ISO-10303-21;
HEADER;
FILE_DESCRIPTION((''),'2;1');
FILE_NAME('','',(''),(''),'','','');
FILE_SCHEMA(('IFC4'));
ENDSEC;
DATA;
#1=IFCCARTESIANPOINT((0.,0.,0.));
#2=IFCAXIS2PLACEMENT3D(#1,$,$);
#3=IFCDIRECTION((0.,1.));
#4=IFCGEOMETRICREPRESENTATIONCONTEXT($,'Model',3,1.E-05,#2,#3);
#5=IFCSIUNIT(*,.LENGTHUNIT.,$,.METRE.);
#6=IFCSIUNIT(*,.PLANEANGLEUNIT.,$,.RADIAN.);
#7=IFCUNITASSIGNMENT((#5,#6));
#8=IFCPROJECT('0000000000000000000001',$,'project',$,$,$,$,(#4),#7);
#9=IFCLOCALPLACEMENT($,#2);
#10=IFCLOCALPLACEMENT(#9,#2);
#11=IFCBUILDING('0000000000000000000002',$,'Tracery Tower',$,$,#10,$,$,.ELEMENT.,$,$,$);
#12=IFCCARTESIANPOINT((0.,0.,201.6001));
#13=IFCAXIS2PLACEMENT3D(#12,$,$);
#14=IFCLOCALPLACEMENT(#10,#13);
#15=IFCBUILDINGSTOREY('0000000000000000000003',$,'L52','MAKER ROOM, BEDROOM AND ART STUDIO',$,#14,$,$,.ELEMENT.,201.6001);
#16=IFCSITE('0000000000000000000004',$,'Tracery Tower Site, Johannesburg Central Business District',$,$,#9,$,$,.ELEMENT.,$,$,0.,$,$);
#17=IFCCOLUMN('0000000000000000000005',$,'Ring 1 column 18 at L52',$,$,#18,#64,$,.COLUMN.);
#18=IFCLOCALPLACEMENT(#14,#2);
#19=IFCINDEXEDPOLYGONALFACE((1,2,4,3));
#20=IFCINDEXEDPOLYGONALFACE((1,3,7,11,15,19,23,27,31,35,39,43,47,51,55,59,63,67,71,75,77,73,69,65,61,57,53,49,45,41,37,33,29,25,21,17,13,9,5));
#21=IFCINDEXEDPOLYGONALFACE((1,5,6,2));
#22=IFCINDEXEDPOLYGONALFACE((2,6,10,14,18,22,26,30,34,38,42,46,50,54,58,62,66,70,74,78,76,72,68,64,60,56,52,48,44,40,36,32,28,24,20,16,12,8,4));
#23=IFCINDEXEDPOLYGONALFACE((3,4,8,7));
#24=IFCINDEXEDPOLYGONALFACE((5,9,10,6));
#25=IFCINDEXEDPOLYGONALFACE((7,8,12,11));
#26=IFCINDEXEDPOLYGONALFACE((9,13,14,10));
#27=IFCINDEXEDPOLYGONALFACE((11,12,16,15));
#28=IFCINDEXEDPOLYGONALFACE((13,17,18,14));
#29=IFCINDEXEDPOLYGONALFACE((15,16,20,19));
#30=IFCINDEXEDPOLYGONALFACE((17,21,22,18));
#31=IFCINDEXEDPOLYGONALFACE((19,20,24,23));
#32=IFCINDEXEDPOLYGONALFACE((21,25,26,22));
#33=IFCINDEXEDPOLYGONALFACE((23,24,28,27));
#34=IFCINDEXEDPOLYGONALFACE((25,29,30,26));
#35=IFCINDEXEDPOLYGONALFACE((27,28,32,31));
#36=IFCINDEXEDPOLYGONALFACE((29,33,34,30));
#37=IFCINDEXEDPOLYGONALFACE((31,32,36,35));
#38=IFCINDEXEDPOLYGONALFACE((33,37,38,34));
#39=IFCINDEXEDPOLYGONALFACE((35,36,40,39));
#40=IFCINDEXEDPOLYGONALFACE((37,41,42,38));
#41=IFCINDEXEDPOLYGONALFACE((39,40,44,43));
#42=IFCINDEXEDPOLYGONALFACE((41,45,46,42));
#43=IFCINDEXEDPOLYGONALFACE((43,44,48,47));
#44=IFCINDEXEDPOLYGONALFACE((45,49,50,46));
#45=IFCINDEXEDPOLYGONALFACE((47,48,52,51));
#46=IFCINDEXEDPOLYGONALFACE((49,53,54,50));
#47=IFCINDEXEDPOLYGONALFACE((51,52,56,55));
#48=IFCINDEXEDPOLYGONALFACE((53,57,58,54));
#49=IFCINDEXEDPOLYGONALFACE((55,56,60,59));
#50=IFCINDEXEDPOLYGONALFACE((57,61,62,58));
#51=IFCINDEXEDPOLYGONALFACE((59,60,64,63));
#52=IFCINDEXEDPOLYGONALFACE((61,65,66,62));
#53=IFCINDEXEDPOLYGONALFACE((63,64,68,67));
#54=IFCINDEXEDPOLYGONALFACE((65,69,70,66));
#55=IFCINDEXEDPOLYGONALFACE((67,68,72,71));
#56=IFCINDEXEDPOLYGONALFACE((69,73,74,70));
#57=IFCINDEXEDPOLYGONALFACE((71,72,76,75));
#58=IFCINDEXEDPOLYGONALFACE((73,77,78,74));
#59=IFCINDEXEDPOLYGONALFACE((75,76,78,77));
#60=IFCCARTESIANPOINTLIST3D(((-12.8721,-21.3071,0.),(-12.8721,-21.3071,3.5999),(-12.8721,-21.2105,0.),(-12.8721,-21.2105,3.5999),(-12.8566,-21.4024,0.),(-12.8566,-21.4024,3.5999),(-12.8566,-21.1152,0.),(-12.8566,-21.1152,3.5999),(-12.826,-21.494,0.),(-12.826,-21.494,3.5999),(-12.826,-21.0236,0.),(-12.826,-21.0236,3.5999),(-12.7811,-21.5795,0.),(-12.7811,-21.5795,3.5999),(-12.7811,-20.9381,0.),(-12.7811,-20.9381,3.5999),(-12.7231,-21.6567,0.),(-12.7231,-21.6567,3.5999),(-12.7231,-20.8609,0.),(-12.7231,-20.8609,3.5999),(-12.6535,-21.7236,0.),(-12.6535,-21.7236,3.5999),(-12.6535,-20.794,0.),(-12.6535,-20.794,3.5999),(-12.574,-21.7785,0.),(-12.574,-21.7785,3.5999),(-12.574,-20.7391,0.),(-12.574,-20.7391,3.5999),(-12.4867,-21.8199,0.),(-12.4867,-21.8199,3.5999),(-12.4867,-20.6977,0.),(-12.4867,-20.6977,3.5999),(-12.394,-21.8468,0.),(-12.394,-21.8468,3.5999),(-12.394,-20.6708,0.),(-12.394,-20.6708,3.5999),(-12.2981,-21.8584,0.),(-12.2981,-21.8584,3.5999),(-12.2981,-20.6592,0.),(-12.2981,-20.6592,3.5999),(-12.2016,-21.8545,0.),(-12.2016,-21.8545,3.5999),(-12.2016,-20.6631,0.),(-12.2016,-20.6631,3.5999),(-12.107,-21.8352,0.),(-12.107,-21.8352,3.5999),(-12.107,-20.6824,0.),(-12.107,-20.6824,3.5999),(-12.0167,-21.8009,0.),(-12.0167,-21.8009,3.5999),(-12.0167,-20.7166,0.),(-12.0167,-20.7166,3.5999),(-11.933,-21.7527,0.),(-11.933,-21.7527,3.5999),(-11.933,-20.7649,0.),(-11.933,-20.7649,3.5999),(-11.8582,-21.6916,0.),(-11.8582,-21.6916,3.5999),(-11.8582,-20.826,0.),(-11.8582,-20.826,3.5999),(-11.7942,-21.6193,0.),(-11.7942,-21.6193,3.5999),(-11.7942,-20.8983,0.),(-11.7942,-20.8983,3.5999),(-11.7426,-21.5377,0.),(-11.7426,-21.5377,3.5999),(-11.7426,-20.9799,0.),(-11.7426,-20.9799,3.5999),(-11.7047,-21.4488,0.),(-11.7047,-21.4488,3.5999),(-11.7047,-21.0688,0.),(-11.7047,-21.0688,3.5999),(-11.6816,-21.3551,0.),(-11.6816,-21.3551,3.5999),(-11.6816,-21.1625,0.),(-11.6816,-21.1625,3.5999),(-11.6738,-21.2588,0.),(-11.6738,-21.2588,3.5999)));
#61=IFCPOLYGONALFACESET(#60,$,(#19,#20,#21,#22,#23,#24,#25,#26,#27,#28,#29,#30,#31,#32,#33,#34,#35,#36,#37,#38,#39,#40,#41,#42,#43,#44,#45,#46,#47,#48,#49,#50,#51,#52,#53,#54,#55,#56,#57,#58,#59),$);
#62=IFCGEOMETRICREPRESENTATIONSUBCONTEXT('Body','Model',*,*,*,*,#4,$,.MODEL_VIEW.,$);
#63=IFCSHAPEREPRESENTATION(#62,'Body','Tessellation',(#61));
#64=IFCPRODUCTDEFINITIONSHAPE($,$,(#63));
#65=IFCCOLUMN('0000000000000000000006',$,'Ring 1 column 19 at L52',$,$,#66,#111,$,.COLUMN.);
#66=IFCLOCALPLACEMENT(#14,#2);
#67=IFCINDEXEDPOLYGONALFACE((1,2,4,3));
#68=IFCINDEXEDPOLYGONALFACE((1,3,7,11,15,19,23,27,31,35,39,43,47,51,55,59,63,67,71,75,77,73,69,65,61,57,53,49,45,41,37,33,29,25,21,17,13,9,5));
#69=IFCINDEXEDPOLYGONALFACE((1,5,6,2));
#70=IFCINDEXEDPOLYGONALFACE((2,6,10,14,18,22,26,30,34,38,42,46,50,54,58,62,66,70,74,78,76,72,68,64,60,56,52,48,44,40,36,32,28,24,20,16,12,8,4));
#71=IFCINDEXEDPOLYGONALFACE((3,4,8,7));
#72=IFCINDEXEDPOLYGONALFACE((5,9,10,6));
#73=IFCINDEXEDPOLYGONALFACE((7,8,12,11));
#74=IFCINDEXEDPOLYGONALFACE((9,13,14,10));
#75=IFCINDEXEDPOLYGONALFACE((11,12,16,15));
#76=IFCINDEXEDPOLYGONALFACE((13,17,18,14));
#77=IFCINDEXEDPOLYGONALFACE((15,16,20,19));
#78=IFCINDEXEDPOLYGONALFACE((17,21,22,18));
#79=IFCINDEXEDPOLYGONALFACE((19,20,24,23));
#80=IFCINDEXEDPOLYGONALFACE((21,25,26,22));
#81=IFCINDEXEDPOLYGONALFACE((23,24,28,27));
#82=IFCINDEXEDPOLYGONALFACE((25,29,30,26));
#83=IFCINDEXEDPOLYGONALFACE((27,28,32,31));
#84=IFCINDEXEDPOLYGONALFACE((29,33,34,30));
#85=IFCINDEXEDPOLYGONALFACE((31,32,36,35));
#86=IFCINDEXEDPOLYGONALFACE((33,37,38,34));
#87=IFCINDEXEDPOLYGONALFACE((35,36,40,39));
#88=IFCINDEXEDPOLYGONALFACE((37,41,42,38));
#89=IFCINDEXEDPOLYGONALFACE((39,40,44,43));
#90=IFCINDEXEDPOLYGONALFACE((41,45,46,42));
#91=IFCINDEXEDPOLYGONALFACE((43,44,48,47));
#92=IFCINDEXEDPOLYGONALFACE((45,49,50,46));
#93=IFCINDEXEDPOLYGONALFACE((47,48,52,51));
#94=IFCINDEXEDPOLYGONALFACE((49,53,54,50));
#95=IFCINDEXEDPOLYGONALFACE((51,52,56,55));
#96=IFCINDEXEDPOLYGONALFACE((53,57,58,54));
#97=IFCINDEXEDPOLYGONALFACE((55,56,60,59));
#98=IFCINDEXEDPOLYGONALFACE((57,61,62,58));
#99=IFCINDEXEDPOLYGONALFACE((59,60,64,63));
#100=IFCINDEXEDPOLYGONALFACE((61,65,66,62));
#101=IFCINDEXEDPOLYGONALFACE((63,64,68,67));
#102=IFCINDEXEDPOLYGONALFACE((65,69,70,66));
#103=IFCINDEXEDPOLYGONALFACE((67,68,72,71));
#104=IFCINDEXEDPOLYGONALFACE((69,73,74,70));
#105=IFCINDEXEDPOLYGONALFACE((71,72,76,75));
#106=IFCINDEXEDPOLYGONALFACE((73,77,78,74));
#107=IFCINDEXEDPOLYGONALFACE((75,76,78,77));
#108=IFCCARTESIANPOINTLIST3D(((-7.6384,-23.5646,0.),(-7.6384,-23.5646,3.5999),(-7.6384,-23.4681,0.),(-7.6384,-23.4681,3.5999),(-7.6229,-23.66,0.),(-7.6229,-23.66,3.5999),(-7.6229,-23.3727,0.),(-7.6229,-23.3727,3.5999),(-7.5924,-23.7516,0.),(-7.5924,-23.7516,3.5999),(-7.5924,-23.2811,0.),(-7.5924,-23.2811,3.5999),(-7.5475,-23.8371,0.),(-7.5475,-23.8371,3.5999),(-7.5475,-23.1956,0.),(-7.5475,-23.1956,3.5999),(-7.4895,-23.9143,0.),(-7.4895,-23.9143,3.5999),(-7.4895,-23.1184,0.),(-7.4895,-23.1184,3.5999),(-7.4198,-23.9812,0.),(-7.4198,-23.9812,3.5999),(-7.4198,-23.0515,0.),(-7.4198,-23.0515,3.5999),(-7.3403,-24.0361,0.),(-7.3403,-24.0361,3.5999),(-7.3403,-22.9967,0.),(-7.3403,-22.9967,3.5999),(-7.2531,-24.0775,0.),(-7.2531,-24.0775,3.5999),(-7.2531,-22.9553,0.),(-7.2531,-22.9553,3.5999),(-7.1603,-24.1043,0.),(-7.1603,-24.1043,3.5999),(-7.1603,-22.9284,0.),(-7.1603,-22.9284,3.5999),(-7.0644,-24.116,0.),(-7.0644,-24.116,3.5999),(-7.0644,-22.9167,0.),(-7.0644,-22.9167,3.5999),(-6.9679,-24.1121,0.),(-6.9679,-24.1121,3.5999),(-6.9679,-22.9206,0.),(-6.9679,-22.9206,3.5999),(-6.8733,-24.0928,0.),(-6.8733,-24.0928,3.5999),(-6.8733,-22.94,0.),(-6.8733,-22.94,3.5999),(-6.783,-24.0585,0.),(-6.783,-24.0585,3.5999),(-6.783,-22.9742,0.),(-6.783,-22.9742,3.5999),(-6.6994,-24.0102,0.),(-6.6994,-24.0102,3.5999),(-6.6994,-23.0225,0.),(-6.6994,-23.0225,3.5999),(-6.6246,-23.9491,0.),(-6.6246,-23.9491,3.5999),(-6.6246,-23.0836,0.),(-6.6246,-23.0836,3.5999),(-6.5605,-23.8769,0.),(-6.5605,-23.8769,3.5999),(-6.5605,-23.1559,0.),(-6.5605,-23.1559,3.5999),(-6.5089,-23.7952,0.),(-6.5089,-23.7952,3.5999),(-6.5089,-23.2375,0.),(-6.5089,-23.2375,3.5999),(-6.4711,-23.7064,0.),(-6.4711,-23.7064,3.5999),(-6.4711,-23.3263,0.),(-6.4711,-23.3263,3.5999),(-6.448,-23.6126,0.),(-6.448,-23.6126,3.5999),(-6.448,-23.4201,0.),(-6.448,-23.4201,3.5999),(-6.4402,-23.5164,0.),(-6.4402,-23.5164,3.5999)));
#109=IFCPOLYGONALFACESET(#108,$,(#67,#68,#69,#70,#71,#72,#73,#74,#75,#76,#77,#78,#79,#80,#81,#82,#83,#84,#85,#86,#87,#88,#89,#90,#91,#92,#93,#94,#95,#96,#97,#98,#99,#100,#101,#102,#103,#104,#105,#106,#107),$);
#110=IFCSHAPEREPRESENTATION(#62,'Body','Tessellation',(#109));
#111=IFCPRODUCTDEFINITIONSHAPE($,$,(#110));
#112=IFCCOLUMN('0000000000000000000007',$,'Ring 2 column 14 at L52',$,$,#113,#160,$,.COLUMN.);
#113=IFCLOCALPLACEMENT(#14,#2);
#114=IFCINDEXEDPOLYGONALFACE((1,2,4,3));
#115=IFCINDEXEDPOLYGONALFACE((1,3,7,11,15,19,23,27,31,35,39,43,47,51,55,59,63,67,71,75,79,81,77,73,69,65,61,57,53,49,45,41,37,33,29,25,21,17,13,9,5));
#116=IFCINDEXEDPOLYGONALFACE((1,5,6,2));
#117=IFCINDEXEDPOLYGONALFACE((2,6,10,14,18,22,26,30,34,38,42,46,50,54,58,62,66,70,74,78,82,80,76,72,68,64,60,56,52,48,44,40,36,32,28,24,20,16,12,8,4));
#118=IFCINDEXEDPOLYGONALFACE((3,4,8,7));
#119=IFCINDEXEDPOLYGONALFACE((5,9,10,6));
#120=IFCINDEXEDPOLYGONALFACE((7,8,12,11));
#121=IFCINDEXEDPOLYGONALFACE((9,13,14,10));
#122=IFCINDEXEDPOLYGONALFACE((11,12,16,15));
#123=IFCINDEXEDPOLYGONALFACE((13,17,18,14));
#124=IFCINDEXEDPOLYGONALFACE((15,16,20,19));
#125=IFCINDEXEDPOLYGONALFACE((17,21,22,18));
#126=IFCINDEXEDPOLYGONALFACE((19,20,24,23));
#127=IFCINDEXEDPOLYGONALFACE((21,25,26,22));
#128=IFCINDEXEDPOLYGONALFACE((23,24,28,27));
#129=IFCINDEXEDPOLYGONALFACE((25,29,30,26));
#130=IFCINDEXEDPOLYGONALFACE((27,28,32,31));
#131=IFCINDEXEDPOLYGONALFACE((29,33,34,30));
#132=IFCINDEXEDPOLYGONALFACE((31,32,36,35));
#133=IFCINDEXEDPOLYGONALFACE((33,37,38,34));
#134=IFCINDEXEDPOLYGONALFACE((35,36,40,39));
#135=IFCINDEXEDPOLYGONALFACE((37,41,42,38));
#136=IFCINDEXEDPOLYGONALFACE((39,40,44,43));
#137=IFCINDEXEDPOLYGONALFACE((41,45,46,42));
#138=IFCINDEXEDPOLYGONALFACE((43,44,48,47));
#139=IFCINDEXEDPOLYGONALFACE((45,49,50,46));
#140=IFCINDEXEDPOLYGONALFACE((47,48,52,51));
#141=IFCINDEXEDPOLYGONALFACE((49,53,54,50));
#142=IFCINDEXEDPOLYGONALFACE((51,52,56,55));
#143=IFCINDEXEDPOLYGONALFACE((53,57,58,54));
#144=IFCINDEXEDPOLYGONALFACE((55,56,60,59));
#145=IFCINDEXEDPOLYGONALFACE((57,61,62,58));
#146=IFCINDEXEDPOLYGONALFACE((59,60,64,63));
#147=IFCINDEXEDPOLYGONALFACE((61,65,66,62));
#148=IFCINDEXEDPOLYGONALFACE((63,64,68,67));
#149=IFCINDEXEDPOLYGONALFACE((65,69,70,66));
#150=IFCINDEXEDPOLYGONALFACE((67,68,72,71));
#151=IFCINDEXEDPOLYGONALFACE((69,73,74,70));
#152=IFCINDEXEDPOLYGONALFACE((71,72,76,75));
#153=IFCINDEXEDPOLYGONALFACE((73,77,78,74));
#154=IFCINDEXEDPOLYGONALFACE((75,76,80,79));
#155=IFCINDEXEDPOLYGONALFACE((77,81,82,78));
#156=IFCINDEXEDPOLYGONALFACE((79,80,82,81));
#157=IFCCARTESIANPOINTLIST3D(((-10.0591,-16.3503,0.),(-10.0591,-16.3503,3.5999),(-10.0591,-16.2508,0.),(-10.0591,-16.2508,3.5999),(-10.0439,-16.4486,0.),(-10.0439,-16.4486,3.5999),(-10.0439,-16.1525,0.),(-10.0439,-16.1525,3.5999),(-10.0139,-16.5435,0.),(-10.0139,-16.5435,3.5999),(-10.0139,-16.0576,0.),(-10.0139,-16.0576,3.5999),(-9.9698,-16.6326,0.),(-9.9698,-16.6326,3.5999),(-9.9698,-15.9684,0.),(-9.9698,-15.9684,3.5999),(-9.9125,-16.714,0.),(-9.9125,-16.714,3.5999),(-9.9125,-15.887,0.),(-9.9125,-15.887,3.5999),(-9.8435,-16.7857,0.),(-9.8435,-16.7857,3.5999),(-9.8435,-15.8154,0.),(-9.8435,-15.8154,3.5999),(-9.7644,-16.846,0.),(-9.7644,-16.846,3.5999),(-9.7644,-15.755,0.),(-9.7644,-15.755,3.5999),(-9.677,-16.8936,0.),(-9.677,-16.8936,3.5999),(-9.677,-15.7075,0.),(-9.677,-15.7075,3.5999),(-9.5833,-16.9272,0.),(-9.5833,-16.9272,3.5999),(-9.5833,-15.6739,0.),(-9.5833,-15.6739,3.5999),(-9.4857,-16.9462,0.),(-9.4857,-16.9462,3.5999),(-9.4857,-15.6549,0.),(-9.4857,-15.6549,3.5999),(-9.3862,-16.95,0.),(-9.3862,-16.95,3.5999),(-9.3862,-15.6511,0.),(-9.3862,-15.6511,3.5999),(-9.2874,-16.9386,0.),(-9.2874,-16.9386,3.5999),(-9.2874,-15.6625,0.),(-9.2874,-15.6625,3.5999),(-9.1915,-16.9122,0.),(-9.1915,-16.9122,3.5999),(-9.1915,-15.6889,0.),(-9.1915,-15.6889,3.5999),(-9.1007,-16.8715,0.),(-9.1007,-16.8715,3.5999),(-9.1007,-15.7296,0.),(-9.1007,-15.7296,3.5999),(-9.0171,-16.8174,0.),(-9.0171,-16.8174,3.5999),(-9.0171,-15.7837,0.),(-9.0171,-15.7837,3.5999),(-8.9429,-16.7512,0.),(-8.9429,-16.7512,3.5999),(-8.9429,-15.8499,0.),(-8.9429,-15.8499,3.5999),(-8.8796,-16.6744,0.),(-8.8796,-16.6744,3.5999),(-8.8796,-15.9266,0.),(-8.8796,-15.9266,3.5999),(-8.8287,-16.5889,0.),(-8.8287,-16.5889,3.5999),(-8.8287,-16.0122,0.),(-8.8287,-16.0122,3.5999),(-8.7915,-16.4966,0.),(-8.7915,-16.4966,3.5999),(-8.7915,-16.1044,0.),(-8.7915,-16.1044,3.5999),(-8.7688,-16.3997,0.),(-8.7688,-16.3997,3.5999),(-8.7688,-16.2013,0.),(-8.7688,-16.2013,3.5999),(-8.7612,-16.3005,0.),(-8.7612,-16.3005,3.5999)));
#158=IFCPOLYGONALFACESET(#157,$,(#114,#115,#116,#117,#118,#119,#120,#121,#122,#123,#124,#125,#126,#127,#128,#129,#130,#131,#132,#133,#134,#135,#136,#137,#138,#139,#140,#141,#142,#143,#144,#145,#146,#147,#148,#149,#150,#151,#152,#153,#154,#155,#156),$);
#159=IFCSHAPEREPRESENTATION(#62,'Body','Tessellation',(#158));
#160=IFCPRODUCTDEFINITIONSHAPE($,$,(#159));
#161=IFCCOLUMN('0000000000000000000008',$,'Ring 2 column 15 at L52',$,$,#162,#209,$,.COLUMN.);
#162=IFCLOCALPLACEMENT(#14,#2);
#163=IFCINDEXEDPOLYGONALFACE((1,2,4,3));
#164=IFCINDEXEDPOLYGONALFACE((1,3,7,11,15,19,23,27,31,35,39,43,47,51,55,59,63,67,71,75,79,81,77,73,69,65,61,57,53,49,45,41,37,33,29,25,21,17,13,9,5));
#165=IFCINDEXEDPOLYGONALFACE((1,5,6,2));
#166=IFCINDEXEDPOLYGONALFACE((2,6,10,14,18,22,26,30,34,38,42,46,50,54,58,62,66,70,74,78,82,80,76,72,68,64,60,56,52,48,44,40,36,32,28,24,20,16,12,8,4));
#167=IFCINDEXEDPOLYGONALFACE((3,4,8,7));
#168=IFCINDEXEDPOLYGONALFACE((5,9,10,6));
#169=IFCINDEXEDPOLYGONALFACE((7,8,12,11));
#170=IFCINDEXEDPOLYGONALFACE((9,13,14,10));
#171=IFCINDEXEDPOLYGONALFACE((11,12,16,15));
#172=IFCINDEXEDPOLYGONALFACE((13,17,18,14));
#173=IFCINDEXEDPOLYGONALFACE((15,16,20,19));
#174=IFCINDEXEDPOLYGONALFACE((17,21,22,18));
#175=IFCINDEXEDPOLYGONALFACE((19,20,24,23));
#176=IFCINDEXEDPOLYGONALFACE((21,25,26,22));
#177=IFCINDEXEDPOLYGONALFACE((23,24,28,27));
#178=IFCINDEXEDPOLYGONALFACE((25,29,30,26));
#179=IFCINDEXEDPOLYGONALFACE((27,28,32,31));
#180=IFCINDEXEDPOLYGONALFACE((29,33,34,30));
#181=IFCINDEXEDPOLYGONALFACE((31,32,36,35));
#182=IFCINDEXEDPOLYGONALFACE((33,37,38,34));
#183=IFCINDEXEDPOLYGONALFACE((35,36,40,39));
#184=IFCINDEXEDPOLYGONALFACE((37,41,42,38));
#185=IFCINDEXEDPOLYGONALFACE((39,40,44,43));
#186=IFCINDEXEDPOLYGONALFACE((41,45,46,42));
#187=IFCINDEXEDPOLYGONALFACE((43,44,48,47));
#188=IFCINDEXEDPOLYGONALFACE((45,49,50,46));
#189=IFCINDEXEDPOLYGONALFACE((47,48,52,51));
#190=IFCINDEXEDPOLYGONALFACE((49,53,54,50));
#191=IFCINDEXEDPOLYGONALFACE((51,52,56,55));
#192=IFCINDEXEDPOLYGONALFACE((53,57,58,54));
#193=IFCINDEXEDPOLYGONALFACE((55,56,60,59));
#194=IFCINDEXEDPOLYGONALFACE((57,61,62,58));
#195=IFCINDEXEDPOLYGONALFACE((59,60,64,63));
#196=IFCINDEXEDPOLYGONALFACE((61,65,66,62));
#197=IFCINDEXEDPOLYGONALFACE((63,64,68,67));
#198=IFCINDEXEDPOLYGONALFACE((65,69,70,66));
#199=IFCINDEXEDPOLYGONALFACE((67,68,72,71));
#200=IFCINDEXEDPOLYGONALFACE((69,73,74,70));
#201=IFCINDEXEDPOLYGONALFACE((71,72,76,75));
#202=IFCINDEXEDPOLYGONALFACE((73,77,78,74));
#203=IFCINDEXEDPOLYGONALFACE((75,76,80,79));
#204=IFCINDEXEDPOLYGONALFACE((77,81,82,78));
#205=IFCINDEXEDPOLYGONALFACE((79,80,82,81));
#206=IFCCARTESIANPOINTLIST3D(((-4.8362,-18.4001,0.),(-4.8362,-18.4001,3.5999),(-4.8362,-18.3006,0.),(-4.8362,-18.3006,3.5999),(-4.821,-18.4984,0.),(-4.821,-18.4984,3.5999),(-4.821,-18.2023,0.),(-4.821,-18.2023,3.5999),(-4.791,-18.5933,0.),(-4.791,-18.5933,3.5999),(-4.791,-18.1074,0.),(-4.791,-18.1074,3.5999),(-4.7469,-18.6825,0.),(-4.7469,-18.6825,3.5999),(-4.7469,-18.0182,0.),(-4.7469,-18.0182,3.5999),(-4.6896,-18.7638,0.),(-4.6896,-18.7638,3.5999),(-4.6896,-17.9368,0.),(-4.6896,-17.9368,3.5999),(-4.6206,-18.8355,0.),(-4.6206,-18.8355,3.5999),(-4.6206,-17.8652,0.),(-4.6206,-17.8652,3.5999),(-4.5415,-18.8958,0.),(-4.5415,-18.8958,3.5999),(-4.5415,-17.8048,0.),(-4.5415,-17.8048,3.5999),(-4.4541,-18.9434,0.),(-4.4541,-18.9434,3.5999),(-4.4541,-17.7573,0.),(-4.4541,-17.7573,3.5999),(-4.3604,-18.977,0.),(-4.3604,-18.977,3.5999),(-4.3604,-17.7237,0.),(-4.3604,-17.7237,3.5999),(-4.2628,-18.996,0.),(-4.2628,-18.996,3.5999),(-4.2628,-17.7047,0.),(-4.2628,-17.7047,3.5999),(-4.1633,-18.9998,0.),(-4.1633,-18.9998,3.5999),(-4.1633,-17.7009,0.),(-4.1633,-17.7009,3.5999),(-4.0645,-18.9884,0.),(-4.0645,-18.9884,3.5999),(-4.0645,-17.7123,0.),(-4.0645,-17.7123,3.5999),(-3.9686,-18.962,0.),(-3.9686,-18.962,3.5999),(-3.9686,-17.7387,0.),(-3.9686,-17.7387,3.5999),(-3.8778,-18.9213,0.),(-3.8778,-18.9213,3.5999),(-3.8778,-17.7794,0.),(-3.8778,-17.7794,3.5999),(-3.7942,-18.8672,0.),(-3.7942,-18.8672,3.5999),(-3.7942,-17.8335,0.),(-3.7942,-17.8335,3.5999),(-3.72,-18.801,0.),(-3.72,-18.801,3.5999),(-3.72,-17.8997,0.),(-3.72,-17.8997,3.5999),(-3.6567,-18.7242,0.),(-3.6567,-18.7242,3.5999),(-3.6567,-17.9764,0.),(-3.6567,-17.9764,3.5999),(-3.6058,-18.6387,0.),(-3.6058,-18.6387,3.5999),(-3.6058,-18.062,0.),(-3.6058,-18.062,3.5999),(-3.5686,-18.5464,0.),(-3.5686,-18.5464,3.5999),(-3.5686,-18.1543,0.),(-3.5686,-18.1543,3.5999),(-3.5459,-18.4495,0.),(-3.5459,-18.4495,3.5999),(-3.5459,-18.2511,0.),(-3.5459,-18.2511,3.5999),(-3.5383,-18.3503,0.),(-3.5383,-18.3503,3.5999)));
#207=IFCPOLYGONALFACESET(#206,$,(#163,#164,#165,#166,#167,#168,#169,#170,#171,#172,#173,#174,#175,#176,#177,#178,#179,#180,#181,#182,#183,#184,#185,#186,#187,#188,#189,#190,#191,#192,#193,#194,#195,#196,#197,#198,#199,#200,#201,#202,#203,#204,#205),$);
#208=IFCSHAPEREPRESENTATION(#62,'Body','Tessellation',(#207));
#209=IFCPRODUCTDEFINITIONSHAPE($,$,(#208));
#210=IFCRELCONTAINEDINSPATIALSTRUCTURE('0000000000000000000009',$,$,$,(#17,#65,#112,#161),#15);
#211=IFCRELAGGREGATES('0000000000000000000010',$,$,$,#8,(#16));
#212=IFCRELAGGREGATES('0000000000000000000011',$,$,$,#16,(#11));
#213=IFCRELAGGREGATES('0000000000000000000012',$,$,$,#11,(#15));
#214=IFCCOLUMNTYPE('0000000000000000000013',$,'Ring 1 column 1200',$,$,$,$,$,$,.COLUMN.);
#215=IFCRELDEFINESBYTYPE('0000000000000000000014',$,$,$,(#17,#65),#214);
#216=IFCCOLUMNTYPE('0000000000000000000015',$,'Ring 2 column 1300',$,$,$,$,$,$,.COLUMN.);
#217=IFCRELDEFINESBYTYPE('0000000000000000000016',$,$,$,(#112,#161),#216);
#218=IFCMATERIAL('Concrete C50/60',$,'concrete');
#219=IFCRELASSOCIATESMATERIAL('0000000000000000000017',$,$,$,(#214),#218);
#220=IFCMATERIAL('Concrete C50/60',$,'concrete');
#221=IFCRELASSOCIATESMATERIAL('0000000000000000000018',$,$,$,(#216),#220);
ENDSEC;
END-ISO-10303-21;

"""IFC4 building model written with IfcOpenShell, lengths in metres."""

from ifc_helpers import new_model, si_unit, direction, frame, origin, origin_2d, place, context, subcontext, project, spatial, circle, extrude, material, material_profile, profile_set, type_object, element, save


model = new_model("IFC4")

# Units and contexts
model_context = context("Model", 3, precision=1e-05, world=origin(), true_north=direction((0.0, 1.0)))
body_context = subcontext(model_context, "Body", "Model", "MODEL_VIEW")
ifc_project = project(units=[si_unit("LENGTHUNIT", "METRE"), si_unit("PLANEANGLEUNIT", "RADIAN")], contexts=[model_context])

# Site, building, storey
site_placement = place(None, origin())
site = spatial("IfcSite", under=ifc_project, at=site_placement, Name="Tracery Tower Site, Johannesburg Central Business District", CompositionType="ELEMENT", RefElevation=0.0)
building_placement = place(site_placement, origin())
building = spatial("IfcBuilding", under=site, at=building_placement, Name="Tracery Tower", CompositionType="ELEMENT")
storey_placement = place(building_placement, frame((0.0, 0.0, 201.6001)))
storey = spatial("IfcBuildingStorey", under=building, at=storey_placement, Name="L52", Description="MAKER ROOM, BEDROOM AND ART STUDIO", CompositionType="ELEMENT", Elevation=201.6001)

# Columns
ifc_material_1 = material(Name="Concrete C50/60", Category="concrete")
ifc_material_profile_1 = material_profile(ifc_material_1, circle(Radius=0.6001, at=origin_2d()), Name="RC D1200")
ifc_profile_set_1 = profile_set([ifc_material_profile_1], Name="Concrete C50/60")
column_type_1 = type_object("IfcColumnType", Name="Ring 1 column 1200", PredefinedType="COLUMN", material=ifc_profile_set_1)
for number, where, z_axis, x_axis, name in (
    (1, (-12.2739, -21.2588, 0.0), (0.0, 0.0, 1.0), (1.0, 0.0, 0.0), "Ring 1 column 18 at L52"),
    (2, (-7.0403, -23.5164, 0.0), (0.0, 0.0, 1.0), (1.0, 0.0, 0.0), "Ring 1 column 19 at L52"),
):
    element("IfcColumn", number, at=place(storey_placement, frame(where, z_axis=z_axis, x_axis=x_axis)), inside=storey, type_object=column_type_1, Name=name, PredefinedType="COLUMN", context=body_context, shape_type="SweptSolid", body=[
        extrude(circle(Radius=0.6001, at=origin_2d()), origin(), (0.0, 0.0, 1.0), 3.5999),
    ])
ifc_material_2 = material(Name="Concrete C50/60", Category="concrete")
ifc_material_profile_2 = material_profile(ifc_material_2, circle(Radius=0.6499, at=origin_2d()), Name="RC D1300")
ifc_profile_set_2 = profile_set([ifc_material_profile_2], Name="Concrete C50/60")
column_type_2 = type_object("IfcColumnType", Name="Ring 2 column 1300", PredefinedType="COLUMN", material=ifc_profile_set_2)
for number, where, z_axis, x_axis, name in (
    (3, (-9.4111, -16.3005, 0.0), (0.0, 0.0, 1.0), (1.0, 0.0, 0.0), "Ring 2 column 14 at L52"),
    (4, (-4.1882, -18.3503, 0.0), (0.0, 0.0, 1.0), (1.0, 0.0, 0.0), "Ring 2 column 15 at L52"),
):
    element("IfcColumn", number, at=place(storey_placement, frame(where, z_axis=z_axis, x_axis=x_axis)), inside=storey, type_object=column_type_2, Name=name, PredefinedType="COLUMN", context=body_context, shape_type="SweptSolid", body=[
        extrude(circle(Radius=0.6499, at=origin_2d()), origin(), (0.0, 0.0, 1.0), 3.5999),
    ])

save(model, "model.ifc")
